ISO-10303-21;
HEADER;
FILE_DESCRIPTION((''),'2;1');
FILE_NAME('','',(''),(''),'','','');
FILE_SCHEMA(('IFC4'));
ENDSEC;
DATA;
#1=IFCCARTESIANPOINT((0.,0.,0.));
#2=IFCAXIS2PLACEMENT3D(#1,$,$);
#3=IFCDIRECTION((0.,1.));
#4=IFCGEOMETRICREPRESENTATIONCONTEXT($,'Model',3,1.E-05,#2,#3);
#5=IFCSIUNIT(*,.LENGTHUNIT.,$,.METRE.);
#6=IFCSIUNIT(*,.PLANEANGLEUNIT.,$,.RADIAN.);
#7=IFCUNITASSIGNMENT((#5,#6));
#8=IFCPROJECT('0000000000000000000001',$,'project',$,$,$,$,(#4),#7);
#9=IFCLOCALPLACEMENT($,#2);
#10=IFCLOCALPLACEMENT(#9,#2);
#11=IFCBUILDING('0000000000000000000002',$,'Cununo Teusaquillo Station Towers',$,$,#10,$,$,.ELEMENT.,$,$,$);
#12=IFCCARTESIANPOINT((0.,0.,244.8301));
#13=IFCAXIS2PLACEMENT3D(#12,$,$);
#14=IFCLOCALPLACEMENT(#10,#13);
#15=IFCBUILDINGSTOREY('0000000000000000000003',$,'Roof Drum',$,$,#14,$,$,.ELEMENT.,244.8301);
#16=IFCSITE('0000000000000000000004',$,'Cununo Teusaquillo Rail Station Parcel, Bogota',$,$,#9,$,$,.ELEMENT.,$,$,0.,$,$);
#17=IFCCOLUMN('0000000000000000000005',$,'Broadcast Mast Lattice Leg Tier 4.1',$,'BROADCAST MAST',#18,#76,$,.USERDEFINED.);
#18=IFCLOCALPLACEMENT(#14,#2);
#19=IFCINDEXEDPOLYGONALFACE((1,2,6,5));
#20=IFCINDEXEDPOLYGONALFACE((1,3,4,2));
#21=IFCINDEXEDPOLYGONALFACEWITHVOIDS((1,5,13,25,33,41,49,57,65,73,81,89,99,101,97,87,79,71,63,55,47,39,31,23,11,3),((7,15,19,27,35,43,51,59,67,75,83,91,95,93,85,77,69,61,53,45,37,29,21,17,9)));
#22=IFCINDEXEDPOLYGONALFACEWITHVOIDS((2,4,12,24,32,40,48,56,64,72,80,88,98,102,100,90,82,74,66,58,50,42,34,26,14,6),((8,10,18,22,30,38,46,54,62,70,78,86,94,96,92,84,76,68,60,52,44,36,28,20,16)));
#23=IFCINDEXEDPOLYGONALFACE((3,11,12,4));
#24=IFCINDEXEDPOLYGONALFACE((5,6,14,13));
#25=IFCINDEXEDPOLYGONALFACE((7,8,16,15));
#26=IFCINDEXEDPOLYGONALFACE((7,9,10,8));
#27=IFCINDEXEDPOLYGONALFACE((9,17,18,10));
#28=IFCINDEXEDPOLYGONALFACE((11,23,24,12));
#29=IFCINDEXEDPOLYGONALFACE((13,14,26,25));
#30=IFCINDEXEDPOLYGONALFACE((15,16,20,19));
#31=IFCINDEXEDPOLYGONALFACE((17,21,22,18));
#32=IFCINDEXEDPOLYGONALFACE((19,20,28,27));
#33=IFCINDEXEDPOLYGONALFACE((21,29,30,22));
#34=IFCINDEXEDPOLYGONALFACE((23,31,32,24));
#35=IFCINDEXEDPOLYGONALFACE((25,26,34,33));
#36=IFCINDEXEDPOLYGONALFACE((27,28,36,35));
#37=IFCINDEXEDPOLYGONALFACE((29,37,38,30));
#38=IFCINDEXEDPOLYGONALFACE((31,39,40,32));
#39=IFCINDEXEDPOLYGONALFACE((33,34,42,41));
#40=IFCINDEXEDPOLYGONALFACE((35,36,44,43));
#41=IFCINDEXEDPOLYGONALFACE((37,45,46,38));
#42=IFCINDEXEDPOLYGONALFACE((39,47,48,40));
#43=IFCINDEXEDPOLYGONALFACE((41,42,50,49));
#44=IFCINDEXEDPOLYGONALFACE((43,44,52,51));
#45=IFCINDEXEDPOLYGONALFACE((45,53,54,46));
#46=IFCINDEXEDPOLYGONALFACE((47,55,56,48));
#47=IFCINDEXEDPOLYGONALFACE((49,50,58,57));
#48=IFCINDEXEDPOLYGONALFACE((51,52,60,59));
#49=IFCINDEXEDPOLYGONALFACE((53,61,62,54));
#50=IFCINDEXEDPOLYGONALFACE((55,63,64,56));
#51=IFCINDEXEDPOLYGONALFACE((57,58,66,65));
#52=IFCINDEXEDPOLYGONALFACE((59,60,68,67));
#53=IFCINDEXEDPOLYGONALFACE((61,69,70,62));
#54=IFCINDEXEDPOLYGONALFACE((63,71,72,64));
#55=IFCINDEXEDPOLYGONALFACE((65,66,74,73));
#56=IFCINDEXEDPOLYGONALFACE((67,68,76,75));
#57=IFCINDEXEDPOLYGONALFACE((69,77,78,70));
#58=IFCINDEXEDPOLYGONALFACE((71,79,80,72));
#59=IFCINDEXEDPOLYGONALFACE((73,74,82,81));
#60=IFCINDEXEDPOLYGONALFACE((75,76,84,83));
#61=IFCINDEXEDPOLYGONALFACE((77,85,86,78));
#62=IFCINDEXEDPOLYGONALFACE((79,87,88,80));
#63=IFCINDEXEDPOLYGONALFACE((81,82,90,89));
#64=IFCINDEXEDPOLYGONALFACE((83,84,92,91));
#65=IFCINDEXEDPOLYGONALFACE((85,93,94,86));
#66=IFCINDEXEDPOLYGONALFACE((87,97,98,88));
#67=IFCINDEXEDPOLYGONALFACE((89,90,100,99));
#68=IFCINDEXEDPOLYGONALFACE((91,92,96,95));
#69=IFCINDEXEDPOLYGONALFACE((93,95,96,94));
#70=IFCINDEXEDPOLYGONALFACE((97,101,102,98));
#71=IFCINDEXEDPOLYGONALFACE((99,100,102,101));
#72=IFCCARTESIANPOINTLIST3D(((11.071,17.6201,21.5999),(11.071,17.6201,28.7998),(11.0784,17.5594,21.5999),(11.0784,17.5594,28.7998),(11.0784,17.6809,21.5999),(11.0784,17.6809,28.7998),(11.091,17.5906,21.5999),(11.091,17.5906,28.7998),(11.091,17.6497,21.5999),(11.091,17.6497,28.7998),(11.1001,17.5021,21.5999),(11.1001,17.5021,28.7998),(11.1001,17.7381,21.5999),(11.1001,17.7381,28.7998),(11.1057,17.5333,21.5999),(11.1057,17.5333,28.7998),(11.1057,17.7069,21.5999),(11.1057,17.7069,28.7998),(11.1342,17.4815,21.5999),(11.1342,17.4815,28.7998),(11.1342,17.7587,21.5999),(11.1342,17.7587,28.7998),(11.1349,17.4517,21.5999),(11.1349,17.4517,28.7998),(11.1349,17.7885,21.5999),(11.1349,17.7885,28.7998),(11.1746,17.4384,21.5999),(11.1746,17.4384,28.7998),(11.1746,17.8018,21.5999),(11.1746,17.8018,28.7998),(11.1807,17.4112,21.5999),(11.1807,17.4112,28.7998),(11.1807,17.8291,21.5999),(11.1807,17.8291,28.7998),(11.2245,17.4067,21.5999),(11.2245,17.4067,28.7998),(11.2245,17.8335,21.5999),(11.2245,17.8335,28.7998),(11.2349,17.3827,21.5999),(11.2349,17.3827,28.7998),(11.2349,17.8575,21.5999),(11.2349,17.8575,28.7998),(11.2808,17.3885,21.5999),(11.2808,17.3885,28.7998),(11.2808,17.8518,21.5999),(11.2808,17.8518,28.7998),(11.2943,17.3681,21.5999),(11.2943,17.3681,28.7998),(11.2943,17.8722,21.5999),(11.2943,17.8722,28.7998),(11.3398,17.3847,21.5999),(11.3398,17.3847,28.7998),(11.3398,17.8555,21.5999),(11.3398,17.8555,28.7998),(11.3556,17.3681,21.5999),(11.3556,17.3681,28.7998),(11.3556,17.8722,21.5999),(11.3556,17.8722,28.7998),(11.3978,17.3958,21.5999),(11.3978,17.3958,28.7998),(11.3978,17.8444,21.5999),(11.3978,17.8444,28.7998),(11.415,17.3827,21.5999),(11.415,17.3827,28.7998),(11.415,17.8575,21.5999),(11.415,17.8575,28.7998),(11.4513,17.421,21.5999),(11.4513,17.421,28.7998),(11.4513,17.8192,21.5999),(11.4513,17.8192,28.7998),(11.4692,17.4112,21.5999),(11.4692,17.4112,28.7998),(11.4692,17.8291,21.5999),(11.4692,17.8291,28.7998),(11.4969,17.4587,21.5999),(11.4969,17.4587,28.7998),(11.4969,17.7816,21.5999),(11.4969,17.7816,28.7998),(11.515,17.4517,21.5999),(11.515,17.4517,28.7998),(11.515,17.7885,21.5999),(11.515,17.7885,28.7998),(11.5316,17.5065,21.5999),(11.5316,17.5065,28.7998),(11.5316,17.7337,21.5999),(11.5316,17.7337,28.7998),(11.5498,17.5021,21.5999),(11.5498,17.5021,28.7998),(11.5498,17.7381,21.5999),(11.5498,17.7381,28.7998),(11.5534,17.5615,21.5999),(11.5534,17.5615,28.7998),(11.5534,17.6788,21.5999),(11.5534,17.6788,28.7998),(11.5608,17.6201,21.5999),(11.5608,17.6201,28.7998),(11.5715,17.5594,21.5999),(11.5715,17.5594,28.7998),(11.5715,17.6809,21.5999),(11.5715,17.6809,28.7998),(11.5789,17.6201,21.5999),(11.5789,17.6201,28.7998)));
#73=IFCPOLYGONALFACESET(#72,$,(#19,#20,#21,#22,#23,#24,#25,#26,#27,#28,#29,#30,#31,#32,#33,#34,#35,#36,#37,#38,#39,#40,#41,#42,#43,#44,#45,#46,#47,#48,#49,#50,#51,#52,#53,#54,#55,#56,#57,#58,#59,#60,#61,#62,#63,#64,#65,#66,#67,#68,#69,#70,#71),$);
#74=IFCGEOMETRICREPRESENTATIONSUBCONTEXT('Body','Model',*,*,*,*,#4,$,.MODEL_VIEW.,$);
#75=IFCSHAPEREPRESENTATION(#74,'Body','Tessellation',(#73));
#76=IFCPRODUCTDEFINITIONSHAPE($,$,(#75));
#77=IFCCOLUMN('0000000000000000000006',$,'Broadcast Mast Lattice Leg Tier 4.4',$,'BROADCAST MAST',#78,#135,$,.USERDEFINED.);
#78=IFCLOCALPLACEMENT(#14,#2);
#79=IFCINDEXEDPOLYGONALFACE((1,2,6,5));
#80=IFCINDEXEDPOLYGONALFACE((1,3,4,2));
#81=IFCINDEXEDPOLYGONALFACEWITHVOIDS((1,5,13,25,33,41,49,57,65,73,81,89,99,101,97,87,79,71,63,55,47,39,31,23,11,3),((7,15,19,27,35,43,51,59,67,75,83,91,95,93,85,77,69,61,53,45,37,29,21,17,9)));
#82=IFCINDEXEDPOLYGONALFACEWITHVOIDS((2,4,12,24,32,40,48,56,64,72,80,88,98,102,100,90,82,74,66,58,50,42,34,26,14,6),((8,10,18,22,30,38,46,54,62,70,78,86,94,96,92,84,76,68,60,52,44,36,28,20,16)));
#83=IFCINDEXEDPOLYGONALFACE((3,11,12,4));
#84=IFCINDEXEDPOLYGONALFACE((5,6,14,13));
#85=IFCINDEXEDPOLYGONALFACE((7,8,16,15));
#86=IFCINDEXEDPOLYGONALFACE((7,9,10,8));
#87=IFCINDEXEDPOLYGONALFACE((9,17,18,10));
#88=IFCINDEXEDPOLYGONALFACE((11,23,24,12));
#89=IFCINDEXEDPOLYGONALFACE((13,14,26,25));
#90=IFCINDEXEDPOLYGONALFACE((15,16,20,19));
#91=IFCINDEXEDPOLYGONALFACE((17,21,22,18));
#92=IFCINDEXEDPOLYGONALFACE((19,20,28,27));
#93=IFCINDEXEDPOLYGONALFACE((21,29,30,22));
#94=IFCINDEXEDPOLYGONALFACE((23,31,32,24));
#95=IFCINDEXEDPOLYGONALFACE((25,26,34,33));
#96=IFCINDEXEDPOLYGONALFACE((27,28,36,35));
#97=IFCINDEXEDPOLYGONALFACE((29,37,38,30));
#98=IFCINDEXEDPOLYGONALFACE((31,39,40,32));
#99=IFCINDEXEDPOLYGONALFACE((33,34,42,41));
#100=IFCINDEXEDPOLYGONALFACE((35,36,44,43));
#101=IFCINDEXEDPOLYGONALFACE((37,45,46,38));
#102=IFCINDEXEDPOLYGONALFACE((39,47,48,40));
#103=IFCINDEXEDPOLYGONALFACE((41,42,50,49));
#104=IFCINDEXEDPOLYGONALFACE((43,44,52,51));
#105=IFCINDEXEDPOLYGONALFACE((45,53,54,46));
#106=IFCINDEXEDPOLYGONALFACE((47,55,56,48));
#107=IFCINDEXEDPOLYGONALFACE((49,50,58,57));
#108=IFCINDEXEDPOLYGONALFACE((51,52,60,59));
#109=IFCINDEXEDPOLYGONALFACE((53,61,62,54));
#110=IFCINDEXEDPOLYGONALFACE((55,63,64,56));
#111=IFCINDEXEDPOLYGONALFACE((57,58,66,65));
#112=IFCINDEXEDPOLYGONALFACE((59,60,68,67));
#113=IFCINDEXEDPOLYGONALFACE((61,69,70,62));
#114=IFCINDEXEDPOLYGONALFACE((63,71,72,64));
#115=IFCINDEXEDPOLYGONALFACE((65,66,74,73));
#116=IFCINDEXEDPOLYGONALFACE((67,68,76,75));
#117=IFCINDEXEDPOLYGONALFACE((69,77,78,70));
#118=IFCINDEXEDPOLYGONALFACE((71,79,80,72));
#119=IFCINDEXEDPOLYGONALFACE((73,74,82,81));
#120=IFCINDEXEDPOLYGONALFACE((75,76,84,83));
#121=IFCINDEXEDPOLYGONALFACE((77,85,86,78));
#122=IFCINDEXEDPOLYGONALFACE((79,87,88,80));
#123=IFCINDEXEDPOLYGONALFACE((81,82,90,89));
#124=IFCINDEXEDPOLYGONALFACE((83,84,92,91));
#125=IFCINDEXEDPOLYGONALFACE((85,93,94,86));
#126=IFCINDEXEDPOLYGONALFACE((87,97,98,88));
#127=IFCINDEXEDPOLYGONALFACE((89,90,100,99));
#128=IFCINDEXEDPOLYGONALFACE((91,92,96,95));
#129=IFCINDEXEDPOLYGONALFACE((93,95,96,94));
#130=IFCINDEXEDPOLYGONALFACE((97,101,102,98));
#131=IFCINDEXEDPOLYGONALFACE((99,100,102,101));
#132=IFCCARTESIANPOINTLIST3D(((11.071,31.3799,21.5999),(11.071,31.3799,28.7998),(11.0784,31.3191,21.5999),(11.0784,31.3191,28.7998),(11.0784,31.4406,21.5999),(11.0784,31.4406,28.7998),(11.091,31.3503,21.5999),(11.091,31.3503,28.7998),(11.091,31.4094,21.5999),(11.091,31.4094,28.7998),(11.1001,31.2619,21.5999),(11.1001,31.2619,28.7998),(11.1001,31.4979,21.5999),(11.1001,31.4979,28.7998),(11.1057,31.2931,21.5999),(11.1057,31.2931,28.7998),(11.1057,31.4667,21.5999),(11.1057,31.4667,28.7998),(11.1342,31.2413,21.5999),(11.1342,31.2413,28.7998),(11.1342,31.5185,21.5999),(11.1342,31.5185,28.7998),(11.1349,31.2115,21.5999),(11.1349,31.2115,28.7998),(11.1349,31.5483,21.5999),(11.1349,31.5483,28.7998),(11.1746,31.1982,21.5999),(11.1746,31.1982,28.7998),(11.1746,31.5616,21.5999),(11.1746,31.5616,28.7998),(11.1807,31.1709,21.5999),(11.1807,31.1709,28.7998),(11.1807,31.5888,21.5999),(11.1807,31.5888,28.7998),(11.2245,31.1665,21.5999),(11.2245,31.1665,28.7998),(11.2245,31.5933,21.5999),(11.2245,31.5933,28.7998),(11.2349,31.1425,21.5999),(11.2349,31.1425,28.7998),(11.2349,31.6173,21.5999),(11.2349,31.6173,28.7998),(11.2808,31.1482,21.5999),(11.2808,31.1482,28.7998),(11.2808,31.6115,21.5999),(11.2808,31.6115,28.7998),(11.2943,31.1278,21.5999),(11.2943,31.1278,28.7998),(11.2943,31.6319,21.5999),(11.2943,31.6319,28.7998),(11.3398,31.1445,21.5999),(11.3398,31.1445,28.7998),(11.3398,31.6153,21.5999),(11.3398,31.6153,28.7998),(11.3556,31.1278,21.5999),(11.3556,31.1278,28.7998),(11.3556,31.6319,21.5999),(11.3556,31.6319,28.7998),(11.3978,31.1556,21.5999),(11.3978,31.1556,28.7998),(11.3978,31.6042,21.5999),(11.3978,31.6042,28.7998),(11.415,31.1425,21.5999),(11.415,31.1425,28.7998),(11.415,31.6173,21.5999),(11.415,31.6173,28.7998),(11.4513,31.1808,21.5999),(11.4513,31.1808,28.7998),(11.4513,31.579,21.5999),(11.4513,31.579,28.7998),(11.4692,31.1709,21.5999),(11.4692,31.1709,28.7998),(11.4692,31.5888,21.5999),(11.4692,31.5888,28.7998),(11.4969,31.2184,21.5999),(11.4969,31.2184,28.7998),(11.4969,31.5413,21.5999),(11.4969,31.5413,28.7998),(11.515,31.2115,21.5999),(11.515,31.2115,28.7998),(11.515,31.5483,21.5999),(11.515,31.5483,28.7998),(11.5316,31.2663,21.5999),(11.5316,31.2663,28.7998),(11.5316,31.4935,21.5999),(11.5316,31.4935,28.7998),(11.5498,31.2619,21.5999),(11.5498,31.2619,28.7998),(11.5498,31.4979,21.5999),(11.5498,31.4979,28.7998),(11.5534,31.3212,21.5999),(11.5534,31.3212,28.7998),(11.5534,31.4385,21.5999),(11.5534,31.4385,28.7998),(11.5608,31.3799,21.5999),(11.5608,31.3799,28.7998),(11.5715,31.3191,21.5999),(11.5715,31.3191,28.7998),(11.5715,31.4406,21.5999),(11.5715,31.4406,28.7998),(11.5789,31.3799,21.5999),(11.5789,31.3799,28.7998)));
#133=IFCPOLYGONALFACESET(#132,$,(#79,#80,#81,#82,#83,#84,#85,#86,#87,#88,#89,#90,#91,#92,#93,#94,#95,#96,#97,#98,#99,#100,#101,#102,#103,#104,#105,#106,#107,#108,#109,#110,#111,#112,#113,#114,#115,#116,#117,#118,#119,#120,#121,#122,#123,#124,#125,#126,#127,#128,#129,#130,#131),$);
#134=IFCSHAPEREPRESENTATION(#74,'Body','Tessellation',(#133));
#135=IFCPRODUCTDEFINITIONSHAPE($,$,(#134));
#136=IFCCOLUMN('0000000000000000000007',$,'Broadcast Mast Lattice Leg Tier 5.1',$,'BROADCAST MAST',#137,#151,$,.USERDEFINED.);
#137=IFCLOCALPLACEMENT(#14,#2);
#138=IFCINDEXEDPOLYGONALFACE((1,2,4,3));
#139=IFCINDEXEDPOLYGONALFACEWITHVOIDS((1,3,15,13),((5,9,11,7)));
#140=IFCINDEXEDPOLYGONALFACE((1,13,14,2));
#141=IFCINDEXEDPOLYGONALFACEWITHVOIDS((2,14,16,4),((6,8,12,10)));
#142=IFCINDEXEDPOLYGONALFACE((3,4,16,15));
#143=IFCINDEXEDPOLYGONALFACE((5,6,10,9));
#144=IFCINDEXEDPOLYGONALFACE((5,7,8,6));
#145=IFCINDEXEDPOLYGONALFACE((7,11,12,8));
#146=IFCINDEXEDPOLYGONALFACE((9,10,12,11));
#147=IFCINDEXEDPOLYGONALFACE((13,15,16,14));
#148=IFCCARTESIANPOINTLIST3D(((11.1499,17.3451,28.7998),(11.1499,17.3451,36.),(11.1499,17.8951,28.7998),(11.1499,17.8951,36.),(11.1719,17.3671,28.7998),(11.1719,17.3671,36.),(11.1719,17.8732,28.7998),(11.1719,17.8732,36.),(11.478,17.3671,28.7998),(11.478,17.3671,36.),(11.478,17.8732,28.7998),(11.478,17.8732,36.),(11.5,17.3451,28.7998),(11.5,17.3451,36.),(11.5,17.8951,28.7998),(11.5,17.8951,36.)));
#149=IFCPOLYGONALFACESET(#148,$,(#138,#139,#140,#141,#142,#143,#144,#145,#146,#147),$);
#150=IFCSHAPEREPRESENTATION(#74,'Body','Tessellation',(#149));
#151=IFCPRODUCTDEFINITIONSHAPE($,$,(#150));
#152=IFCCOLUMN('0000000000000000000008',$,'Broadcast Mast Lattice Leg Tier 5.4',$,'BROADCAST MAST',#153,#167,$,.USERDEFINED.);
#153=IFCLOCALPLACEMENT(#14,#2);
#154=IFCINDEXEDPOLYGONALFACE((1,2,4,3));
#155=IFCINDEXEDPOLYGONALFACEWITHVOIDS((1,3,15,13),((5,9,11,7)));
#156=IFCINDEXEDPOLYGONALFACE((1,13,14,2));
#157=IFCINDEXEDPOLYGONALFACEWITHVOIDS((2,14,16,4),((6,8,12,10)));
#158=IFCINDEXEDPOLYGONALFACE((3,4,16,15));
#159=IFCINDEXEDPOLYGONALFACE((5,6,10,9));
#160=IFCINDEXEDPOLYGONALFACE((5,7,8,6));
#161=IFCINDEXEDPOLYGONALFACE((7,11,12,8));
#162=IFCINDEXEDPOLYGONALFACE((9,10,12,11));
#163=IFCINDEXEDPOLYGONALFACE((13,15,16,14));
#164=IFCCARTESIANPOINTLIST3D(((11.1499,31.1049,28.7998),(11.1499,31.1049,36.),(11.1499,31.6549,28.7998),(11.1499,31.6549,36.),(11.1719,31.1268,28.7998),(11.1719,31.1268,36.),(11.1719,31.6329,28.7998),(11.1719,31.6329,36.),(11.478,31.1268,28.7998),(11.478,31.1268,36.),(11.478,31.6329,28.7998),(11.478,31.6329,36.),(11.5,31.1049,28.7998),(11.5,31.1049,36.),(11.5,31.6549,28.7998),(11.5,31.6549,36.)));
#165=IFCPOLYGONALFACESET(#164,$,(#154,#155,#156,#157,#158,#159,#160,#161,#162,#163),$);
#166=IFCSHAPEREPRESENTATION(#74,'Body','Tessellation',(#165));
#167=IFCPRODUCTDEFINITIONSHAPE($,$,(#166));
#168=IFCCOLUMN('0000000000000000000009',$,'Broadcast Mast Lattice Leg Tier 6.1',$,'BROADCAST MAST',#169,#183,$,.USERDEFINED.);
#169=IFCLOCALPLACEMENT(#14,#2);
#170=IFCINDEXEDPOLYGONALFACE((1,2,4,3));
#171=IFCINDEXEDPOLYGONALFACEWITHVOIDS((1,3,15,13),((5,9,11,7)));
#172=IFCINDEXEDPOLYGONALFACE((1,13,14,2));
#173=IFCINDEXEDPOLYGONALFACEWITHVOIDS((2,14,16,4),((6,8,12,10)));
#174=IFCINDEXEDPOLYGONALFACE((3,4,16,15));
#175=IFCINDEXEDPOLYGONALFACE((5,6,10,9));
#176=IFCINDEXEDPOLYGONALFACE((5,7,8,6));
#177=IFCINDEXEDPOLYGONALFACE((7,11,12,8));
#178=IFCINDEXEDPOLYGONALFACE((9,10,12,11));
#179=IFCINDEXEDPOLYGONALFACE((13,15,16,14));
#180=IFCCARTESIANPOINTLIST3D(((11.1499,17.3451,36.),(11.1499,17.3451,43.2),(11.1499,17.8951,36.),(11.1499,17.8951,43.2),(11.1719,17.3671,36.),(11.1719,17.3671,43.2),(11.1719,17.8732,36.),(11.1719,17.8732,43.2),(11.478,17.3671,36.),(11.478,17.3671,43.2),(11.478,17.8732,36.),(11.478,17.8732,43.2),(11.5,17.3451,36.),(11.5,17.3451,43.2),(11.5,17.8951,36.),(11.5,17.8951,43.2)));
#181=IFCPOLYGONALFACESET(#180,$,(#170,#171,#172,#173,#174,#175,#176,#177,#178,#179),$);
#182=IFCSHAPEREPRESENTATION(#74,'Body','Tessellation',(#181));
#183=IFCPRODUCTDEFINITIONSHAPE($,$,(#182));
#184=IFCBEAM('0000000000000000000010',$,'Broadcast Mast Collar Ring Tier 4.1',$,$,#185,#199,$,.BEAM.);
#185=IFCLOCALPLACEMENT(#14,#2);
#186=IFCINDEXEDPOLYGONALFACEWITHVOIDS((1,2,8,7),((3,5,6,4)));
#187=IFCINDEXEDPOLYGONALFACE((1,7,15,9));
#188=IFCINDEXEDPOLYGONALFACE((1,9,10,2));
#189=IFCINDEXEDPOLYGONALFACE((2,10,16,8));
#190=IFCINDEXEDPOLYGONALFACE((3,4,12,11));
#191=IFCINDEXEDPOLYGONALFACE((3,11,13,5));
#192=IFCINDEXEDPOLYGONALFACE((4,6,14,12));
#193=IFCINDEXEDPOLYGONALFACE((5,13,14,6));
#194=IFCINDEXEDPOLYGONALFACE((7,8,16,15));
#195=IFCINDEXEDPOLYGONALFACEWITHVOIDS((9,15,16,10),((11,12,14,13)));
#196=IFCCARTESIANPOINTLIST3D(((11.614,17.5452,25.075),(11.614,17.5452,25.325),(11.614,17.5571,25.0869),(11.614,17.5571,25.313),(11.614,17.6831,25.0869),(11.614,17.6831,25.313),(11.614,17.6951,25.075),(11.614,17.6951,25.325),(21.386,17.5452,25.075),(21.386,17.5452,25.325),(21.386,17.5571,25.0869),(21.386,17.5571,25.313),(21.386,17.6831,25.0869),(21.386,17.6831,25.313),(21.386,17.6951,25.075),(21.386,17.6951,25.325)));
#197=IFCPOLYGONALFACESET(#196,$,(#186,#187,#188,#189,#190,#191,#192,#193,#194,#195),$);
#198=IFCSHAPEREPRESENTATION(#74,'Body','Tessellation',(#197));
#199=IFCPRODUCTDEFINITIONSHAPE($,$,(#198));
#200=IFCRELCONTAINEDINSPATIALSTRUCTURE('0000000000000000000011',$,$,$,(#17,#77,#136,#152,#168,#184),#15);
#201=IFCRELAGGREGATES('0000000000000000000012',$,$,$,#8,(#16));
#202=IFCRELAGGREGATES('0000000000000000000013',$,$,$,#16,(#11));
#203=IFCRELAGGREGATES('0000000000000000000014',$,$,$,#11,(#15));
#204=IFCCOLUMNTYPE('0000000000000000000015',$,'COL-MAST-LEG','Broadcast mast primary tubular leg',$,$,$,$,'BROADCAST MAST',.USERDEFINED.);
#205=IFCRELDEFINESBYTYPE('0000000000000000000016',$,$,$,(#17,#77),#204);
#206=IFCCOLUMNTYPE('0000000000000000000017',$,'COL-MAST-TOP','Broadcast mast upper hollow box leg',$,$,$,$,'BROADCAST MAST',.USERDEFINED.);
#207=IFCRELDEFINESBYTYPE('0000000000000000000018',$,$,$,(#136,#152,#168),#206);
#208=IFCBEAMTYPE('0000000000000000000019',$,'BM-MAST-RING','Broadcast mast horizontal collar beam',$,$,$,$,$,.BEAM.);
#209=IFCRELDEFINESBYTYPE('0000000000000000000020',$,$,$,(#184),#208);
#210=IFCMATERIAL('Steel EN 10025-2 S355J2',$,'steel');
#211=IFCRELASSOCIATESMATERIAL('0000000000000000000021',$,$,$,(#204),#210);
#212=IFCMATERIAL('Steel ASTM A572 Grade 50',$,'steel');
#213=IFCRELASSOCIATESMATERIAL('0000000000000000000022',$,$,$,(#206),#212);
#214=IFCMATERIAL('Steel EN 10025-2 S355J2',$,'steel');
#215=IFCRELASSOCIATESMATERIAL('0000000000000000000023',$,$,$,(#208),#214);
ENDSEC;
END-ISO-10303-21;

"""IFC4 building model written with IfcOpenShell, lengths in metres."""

from ifc_helpers import new_model, si_unit, direction, frame, origin, origin_2d, place, context, subcontext, project, spatial, hollow_rectangle, hollow_circle, extrude, material, material_profile, profile_set, type_object, element, save


model = new_model("IFC4")

# Units and contexts
model_context = context("Model", 3, precision=1e-05, world=origin(), true_north=direction((0.0, 1.0)))
body_context = subcontext(model_context, "Body", "Model", "MODEL_VIEW")
ifc_project = project(units=[si_unit("LENGTHUNIT", "METRE"), si_unit("PLANEANGLEUNIT", "RADIAN")], contexts=[model_context])

# Site, building, storey
site_placement = place(None, origin())
site = spatial("IfcSite", under=ifc_project, at=site_placement, Name="Cununo Teusaquillo Rail Station Parcel, Bogota", CompositionType="ELEMENT", RefElevation=0.0)
building_placement = place(site_placement, origin())
building = spatial("IfcBuilding", under=site, at=building_placement, Name="Cununo Teusaquillo Station Towers", CompositionType="ELEMENT")
storey_placement = place(building_placement, frame((0.0, 0.0, 244.8301)))
storey = spatial("IfcBuildingStorey", under=building, at=storey_placement, Name="Roof Drum", CompositionType="ELEMENT", Elevation=244.8301)

# Columns
ifc_material_1 = material(Name="Steel EN 10025-2 S355J2", Category="steel")
ifc_material_profile_1 = material_profile(ifc_material_1, hollow_circle(Radius=0.2539, WallThickness=0.0181, at=origin_2d()), Name="CHS 508x18")
ifc_profile_set_1 = profile_set([ifc_material_profile_1], Name="Steel EN 10025-2 S355J2")
column_type_1 = type_object("IfcColumnType", Name="COL-MAST-LEG", Description="Broadcast mast primary tubular leg", ElementType="BROADCAST MAST", PredefinedType="USERDEFINED", material=ifc_profile_set_1)
for number, where, z_axis, x_axis, name in (
    (1, (11.325, 17.6201, 21.5999), (0.0, 0.0, 1.0), (1.0, 0.0, 0.0), "Broadcast Mast Lattice Leg Tier 4.1"),
    (2, (11.325, 31.3799, 21.5999), (0.0, 0.0, 1.0), (1.0, 0.0, 0.0), "Broadcast Mast Lattice Leg Tier 4.4"),
):
    element("IfcColumn", number, at=place(storey_placement, frame(where, z_axis=z_axis, x_axis=x_axis)), inside=storey, type_object=column_type_1, Name=name, ObjectType="BROADCAST MAST", PredefinedType="USERDEFINED", context=body_context, shape_type="SweptSolid", body=[
        extrude(hollow_circle(Radius=0.2539, WallThickness=0.0181, at=origin_2d()), origin(), (0.0, 0.0, 1.0), 7.2),
    ])
ifc_material_2 = material(Name="Steel ASTM A572 Grade 50", Category="steel")
ifc_material_profile_2 = material_profile(ifc_material_2, hollow_rectangle(XDim=0.3501, YDim=0.55, WallThickness=0.022, at=origin_2d()), Name="RHS 550x350x22")
ifc_profile_set_2 = profile_set([ifc_material_profile_2], Name="Steel ASTM A572 Grade 50")
column_type_2 = type_object("IfcColumnType", Name="COL-MAST-TOP", Description="Broadcast mast upper hollow box leg", ElementType="BROADCAST MAST", PredefinedType="USERDEFINED", material=ifc_profile_set_2)
for number, where, z_axis, x_axis, name in (
    (3, (11.325, 17.6201, 28.7998), (0.0, 0.0, 1.0), (1.0, 0.0, 0.0), "Broadcast Mast Lattice Leg Tier 5.1"),
    (4, (11.325, 31.3799, 28.7998), (0.0, 0.0, 1.0), (1.0, 0.0, 0.0), "Broadcast Mast Lattice Leg Tier 5.4"),
):
    element("IfcColumn", number, at=place(storey_placement, frame(where, z_axis=z_axis, x_axis=x_axis)), inside=storey, type_object=column_type_2, Name=name, ObjectType="BROADCAST MAST", PredefinedType="USERDEFINED", context=body_context, shape_type="SweptSolid", body=[
        extrude(hollow_rectangle(XDim=0.3501, YDim=0.55, WallThickness=0.022, at=origin_2d()), origin(), (0.0, 0.0, 1.0), 7.2002),
    ])
column_placement = place(storey_placement, frame((11.325, 17.6201, 36.0), z_axis=(0.0, 0.0, 1.0), x_axis=(1.0, 0.0, 0.0)))
element("IfcColumn", 5, at=column_placement, inside=storey, type_object=column_type_2, Name="Broadcast Mast Lattice Leg Tier 6.1", ObjectType="BROADCAST MAST", PredefinedType="USERDEFINED", context=body_context, shape_type="SweptSolid", body=[
    extrude(hollow_rectangle(XDim=0.3501, YDim=0.55, WallThickness=0.022, at=origin_2d()), origin(), (0.0, 0.0, 1.0), 7.2),
])

# Beam
ifc_material_3 = material(Name="Steel EN 10025-2 S355J2", Category="steel")
ifc_material_profile_3 = material_profile(ifc_material_3, hollow_rectangle(XDim=0.1499, YDim=0.25, WallThickness=0.012, at=origin_2d()), Name="RHS 250x150x12")
ifc_profile_set_3 = profile_set([ifc_material_profile_3], Name="Steel EN 10025-2 S355J2")
beam_type = type_object("IfcBeamType", Name="BM-MAST-RING", Description="Broadcast mast horizontal collar beam", PredefinedType="BEAM", material=ifc_profile_set_3)
beam_1_placement = place(storey_placement, frame((11.614, 17.6201, 25.2), z_axis=(1.0, 0.0, 0.0), x_axis=(0.0, 1.0, 0.0)))
element("IfcBeam", 6, at=beam_1_placement, inside=storey, type_object=beam_type, Name="Broadcast Mast Collar Ring Tier 4.1", PredefinedType="BEAM", context=body_context, shape_type="SweptSolid", body=[
    extrude(hollow_rectangle(XDim=0.1499, YDim=0.25, WallThickness=0.012, at=origin_2d()), origin(), (0.0, 0.0, 1.0), 9.772),
])

save(model, "model.ifc")
